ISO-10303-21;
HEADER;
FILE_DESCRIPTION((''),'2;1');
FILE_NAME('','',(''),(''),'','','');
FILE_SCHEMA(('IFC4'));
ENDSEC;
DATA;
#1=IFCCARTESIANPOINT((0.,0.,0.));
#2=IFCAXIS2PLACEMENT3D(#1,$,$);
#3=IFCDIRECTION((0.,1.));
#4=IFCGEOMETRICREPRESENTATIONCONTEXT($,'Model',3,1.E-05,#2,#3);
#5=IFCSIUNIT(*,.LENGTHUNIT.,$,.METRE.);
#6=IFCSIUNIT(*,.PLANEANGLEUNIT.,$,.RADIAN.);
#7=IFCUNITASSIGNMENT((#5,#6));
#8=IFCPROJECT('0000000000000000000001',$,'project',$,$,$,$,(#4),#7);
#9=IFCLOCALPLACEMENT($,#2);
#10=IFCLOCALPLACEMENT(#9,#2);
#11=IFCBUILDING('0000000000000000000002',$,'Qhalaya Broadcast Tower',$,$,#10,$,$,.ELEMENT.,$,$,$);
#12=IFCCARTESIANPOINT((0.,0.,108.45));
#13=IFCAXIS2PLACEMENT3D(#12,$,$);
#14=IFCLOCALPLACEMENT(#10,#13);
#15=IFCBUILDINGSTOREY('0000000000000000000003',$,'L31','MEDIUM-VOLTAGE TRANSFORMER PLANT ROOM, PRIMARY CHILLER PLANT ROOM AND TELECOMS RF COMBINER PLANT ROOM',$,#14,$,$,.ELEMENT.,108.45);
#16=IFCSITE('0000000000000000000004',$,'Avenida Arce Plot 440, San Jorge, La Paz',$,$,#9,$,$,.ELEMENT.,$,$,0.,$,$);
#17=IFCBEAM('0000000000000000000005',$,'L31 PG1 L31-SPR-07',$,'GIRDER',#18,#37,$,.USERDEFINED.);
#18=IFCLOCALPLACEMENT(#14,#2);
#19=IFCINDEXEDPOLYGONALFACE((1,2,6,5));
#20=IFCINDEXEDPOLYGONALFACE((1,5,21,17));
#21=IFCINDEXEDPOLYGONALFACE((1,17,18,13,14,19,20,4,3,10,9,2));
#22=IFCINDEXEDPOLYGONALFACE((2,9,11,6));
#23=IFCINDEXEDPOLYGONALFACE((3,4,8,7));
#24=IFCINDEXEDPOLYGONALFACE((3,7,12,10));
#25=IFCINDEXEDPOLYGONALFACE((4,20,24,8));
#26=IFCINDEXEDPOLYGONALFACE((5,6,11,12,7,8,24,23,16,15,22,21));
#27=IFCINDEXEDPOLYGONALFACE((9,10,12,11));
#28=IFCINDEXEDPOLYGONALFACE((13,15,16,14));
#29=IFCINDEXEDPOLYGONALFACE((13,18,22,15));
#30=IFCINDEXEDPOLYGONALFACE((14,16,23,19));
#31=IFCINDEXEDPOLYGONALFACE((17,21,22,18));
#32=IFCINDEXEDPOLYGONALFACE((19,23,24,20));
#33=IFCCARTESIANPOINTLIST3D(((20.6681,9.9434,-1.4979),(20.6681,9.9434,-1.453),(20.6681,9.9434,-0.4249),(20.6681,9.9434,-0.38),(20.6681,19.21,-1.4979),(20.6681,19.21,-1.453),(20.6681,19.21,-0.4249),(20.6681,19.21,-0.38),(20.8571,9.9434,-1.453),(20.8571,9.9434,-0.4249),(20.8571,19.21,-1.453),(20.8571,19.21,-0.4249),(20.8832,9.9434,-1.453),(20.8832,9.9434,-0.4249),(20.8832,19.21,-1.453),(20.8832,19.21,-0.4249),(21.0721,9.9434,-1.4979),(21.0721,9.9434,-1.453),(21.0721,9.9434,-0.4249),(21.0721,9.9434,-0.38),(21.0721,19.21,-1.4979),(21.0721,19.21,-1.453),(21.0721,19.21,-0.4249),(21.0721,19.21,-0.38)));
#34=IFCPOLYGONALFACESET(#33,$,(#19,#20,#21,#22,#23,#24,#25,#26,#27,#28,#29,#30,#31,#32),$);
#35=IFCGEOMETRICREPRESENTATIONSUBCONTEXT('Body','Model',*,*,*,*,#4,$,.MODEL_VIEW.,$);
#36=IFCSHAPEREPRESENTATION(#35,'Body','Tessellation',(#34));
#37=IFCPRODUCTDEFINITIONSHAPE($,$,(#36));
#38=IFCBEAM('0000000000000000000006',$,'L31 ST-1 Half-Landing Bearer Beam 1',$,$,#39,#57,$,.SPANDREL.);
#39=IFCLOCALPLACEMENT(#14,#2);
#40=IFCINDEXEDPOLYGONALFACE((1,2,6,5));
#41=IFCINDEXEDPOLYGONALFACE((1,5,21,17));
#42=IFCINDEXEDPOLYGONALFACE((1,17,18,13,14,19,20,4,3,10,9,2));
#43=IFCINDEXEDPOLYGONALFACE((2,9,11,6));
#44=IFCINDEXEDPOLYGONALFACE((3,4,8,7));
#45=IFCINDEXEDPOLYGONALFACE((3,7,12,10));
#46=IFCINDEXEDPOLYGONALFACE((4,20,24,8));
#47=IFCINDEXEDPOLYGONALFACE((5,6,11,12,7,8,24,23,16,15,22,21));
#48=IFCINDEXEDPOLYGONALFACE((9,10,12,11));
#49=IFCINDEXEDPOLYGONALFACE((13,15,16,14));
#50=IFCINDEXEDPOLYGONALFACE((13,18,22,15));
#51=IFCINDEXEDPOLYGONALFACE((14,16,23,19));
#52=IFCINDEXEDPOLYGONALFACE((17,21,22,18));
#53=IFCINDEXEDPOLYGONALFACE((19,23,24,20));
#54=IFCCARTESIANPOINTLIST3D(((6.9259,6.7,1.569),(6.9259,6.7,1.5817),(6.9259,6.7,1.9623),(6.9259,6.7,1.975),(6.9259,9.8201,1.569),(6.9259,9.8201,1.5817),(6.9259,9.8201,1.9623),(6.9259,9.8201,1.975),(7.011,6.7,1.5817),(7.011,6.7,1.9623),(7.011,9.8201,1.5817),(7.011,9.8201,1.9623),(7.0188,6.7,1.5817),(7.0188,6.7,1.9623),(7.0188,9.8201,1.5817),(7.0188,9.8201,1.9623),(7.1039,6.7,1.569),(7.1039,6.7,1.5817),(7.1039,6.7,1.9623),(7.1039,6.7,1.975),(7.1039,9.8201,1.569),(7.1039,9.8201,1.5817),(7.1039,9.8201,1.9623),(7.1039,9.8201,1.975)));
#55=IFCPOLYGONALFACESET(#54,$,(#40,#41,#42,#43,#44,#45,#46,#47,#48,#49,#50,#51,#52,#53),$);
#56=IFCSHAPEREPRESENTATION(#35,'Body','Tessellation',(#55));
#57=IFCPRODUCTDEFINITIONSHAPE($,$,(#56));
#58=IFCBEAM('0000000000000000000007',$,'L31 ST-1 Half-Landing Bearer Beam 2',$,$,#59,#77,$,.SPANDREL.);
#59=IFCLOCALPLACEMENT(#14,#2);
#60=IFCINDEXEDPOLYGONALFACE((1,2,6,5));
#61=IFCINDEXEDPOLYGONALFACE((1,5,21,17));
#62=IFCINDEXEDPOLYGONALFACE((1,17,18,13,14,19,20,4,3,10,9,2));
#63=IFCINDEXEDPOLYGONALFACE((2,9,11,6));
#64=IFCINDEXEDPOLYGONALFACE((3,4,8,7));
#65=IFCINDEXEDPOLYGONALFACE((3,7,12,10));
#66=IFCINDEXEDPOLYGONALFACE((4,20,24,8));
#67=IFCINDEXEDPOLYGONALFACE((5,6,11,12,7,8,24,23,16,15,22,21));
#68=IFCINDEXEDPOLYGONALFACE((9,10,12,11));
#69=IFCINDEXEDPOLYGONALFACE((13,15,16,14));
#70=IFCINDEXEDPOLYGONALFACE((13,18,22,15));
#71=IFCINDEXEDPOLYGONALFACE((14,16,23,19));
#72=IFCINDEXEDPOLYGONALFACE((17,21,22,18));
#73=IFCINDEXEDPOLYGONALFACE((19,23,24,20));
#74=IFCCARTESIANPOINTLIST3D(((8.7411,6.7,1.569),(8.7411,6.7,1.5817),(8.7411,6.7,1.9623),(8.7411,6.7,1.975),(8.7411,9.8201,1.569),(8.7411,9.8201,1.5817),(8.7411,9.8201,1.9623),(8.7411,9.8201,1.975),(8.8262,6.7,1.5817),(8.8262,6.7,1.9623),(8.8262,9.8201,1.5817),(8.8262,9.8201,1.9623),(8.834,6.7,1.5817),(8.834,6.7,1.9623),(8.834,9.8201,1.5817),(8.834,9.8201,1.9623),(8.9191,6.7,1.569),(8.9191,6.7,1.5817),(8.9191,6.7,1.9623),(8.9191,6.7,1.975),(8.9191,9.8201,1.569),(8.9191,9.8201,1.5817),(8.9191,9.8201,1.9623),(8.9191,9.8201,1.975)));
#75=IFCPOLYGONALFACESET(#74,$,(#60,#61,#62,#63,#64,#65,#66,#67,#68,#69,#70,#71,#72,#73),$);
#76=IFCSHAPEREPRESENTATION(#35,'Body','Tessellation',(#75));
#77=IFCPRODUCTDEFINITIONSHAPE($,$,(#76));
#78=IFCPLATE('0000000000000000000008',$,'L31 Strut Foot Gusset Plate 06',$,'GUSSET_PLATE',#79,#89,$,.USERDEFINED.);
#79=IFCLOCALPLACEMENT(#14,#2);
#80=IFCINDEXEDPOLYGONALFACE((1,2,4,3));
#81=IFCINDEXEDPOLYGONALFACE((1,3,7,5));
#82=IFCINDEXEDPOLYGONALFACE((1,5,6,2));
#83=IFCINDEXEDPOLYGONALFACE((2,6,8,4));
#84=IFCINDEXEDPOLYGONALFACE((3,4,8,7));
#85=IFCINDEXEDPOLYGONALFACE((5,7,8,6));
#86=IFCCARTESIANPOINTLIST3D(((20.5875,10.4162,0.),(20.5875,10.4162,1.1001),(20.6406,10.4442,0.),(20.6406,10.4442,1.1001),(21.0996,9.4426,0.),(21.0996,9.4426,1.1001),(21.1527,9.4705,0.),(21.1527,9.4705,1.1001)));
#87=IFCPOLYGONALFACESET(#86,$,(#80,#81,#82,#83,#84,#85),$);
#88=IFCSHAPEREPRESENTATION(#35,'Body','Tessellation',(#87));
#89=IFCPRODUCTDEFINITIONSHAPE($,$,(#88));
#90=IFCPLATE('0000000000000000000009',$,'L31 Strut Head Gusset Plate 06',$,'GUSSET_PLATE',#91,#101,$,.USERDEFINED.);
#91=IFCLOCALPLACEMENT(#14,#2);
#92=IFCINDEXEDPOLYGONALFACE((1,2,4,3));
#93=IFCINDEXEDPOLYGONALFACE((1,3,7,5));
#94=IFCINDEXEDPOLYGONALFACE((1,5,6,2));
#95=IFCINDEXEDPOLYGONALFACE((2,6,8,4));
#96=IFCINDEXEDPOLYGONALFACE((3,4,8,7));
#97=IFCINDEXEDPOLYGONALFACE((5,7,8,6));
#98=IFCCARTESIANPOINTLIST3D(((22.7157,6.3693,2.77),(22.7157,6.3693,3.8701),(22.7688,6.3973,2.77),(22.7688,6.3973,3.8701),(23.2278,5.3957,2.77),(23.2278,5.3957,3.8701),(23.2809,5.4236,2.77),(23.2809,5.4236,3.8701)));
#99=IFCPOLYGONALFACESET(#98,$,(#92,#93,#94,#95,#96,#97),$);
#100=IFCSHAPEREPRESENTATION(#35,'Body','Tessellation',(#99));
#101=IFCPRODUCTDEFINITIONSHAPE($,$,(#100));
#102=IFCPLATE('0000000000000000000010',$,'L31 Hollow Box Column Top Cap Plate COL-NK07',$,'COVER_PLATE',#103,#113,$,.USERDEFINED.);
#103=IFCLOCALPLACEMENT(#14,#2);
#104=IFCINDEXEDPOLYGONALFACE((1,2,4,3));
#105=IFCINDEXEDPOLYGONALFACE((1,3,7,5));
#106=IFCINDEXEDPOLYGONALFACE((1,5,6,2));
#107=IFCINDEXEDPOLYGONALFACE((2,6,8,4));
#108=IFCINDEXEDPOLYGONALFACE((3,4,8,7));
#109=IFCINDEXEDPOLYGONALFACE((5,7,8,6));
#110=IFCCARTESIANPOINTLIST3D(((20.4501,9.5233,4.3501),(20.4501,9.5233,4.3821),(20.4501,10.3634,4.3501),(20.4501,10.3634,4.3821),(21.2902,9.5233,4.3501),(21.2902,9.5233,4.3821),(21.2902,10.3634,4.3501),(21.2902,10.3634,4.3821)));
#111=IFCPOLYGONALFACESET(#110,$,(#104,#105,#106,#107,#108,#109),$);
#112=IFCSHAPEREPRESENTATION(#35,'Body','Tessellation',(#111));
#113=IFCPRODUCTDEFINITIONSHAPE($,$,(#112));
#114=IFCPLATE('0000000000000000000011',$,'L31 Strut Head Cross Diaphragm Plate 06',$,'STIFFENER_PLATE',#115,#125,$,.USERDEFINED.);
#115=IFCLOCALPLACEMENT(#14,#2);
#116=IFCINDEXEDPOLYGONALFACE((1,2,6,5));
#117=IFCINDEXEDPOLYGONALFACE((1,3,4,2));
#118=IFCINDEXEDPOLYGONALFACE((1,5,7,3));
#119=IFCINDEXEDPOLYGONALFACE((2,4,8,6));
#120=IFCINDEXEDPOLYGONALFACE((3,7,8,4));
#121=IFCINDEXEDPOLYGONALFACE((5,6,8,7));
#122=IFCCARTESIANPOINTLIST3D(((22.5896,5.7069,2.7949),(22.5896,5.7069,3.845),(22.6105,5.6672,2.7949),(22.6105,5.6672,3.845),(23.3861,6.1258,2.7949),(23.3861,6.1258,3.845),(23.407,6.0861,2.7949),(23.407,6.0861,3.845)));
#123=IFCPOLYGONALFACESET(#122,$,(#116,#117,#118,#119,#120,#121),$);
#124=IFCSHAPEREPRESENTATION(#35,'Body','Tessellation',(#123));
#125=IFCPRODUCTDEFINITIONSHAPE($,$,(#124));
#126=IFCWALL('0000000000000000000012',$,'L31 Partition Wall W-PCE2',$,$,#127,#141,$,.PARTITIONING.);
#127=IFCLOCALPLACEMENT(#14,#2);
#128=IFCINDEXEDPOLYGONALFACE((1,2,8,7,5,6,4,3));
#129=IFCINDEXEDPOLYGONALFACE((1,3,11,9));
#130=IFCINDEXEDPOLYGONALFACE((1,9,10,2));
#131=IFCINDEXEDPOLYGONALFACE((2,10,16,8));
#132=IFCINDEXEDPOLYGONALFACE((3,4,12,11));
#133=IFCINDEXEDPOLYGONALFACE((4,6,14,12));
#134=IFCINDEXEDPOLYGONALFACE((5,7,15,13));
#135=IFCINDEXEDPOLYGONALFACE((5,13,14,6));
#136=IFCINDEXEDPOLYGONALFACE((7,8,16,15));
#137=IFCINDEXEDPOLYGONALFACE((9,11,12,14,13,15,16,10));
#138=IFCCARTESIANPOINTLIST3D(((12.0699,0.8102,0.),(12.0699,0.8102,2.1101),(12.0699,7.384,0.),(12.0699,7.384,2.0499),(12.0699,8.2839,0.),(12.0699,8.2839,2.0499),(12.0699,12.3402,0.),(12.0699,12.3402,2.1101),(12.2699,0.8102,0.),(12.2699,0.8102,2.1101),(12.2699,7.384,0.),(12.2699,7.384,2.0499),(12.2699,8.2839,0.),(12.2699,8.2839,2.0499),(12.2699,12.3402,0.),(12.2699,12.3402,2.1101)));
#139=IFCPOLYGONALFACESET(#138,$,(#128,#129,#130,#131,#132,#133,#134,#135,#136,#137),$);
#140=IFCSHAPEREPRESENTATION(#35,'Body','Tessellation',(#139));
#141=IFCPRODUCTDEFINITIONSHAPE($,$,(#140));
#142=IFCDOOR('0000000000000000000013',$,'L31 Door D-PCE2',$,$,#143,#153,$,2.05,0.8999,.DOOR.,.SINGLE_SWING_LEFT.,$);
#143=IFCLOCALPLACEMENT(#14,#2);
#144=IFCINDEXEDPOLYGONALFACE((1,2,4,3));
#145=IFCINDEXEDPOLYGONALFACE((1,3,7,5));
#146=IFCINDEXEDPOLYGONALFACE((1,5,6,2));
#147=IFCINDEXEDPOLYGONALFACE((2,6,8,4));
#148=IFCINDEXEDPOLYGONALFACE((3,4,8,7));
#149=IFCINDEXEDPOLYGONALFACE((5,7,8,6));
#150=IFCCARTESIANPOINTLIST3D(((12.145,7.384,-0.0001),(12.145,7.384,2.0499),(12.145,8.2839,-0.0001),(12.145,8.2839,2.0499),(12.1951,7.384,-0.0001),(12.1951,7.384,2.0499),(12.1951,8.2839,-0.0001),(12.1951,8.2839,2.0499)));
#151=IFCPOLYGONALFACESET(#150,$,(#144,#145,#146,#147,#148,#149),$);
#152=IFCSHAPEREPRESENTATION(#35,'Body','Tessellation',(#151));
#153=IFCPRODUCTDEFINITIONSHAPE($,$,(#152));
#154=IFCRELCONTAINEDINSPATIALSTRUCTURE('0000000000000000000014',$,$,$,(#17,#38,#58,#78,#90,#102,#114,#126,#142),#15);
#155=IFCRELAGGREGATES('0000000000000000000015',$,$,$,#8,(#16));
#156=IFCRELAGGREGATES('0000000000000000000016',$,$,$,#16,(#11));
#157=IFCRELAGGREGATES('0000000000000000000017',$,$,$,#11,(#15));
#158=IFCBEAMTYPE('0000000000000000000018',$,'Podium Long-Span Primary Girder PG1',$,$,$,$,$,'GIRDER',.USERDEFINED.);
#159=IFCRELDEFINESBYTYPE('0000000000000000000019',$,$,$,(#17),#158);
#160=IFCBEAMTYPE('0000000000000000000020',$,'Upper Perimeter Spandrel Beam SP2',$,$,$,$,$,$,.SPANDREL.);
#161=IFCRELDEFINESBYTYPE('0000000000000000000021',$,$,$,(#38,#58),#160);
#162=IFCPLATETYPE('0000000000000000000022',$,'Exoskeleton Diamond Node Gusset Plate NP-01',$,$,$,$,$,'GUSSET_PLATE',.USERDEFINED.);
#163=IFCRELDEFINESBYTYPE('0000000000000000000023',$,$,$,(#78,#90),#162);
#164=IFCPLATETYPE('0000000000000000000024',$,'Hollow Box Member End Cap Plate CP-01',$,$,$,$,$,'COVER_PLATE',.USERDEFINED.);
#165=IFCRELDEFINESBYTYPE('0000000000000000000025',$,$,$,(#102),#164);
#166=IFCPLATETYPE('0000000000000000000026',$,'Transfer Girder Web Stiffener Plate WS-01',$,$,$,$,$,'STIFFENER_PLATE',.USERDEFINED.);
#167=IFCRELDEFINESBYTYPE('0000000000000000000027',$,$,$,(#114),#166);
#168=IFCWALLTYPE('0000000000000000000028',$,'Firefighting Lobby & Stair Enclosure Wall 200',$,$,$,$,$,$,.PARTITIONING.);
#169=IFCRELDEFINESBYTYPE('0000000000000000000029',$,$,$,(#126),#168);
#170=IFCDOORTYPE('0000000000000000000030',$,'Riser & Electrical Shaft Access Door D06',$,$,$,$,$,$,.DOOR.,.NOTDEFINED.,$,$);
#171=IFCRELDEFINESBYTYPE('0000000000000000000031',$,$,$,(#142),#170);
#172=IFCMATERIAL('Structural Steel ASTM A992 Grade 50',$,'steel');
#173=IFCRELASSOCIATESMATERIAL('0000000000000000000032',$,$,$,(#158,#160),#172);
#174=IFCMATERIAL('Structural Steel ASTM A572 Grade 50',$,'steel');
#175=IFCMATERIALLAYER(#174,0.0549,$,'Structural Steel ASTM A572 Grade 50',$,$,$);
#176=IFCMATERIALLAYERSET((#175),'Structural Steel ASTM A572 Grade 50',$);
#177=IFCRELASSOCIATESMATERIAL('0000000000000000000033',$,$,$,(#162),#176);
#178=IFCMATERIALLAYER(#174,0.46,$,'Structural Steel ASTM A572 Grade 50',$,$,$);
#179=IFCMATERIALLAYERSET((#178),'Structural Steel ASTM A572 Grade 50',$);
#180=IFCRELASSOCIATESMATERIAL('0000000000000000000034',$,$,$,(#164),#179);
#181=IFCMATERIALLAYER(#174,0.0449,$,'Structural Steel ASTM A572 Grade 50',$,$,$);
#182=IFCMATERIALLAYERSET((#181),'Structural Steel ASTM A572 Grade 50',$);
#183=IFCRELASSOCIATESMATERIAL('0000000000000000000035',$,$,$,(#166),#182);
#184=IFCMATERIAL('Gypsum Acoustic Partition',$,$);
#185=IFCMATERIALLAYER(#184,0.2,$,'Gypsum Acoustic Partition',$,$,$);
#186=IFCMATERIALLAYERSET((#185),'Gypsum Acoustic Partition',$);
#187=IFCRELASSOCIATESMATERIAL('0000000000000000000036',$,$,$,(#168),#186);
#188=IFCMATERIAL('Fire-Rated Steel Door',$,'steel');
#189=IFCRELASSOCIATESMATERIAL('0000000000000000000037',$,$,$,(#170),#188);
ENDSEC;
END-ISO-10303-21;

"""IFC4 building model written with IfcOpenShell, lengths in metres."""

from ifc_helpers import new_model, si_unit, direction, frame, frame_2d, origin, origin_2d, place, context, subcontext, project, spatial, rectangle, i_section, extrude, material, layer, layer_set, material_profile, profile_set, type_object, element, fill, save


model = new_model("IFC4")

# Units and contexts
model_context = context("Model", 3, precision=1e-05, world=origin(), true_north=direction((0.0, 1.0)))
body_context = subcontext(model_context, "Body", "Model", "MODEL_VIEW")
ifc_project = project(units=[si_unit("LENGTHUNIT", "METRE"), si_unit("PLANEANGLEUNIT", "RADIAN")], contexts=[model_context])

# Site, building, storey
site_placement = place(None, origin())
site = spatial("IfcSite", under=ifc_project, at=site_placement, Name="Avenida Arce Plot 440, San Jorge, La Paz", CompositionType="ELEMENT", RefElevation=0.0)
building_placement = place(site_placement, origin())
building = spatial("IfcBuilding", under=site, at=building_placement, Name="Qhalaya Broadcast Tower", CompositionType="ELEMENT")
storey_placement = place(building_placement, frame((0.0, 0.0, 108.45)))
storey = spatial("IfcBuildingStorey", under=building, at=storey_placement, Name="L31", Description="MEDIUM-VOLTAGE TRANSFORMER PLANT ROOM, PRIMARY CHILLER PLANT ROOM AND TELECOMS RF COMBINER PLANT ROOM", CompositionType="ELEMENT", Elevation=108.45)

# Shared definitions
ifc_material_1 = material(Name="Structural Steel ASTM A572 Grade 50", Category="steel")

# Beams
ifc_material_2 = material(Name="Structural Steel ASTM A992 Grade 50", Category="steel")
ifc_material_profile_1 = material_profile(ifc_material_2, i_section(OverallWidth=0.4041, OverallDepth=1.1179, WebThickness=0.0261, FlangeThickness=0.0449, at=origin_2d()), Name="W44X335")
ifc_profile_set_1 = profile_set([ifc_material_profile_1], Name="Structural Steel ASTM A992 Grade 50")
beam_type_1 = type_object("IfcBeamType", Name="Podium Long-Span Primary Girder PG1", ElementType="GIRDER", PredefinedType="USERDEFINED", material=ifc_profile_set_1)
beam_1_placement = place(storey_placement, frame((20.8701, 9.9434, -0.939), z_axis=(0.0, 1.0, 0.0), x_axis=(-1.0, 0.0, 0.0)))
element("IfcBeam", 1, at=beam_1_placement, inside=storey, type_object=beam_type_1, Name="L31 PG1 L31-SPR-07", ObjectType="GIRDER", PredefinedType="USERDEFINED", context=body_context, shape_type="SweptSolid", body=[
    extrude(i_section(OverallWidth=0.4041, OverallDepth=1.1179, WebThickness=0.0261, FlangeThickness=0.0449, at=origin_2d()), origin(), (0.0, 0.0, 1.0), 9.2666),
])
ifc_material_profile_2 = material_profile(ifc_material_2, i_section(OverallWidth=0.178, OverallDepth=0.406, WebThickness=0.0078, FlangeThickness=0.0127, at=origin_2d()), Name="W16X40")
ifc_profile_set_2 = profile_set([ifc_material_profile_2], Name="Structural Steel ASTM A992 Grade 50")
beam_type_2 = type_object("IfcBeamType", Name="Upper Perimeter Spandrel Beam SP2", PredefinedType="SPANDREL", material=ifc_profile_set_2)
for number, where, z_axis, x_axis, name in (
    (2, (7.0149, 6.7, 1.772), (0.0, 1.0, 0.0), (-1.0, 0.0, 0.0), "L31 ST-1 Half-Landing Bearer Beam 1"),
    (3, (8.8301, 6.7, 1.772), (0.0, 1.0, 0.0), (-1.0, 0.0, 0.0), "L31 ST-1 Half-Landing Bearer Beam 2"),
):
    element("IfcBeam", number, at=place(storey_placement, frame(where, z_axis=z_axis, x_axis=x_axis)), inside=storey, type_object=beam_type_2, Name=name, PredefinedType="SPANDREL", context=body_context, shape_type="SweptSolid", body=[
        extrude(i_section(OverallWidth=0.178, OverallDepth=0.406, WebThickness=0.0078, FlangeThickness=0.0127, at=origin_2d()), origin(), (0.0, 0.0, 1.0), 3.1201),
    ])

# Plates
ifc_layer_1 = layer(ifc_material_1, 0.0549, Name="Structural Steel ASTM A572 Grade 50")
ifc_layer_set_1 = layer_set([ifc_layer_1], Name="Structural Steel ASTM A572 Grade 50")
plate_type_1 = type_object("IfcPlateType", Name="Exoskeleton Diamond Node Gusset Plate NP-01", ElementType="GUSSET_PLATE", PredefinedType="USERDEFINED", material=ifc_layer_set_1)
for number, where, z_axis, x_axis, name in (
    (4, (20.8701, 9.9434, 0.0), (0.0, 0.0, 1.0), (0.465506, -0.885045, 0.0), "L31 Strut Foot Gusset Plate 06"),
    (5, (22.9983, 5.8965, 2.77), (0.0, 0.0, 1.0), (0.465506, -0.885045, 0.0), "L31 Strut Head Gusset Plate 06"),
):
    element("IfcPlate", number, at=place(storey_placement, frame(where, z_axis=z_axis, x_axis=x_axis)), inside=storey, type_object=plate_type_1, Name=name, ObjectType="GUSSET_PLATE", PredefinedType="USERDEFINED", context=body_context, shape_type="SweptSolid", body=[
        extrude(rectangle(XDim=1.1001, YDim=0.0601, at=origin_2d()), origin(), (0.0, 0.0, 1.0), 1.1001),
    ])
ifc_layer_2 = layer(ifc_material_1, 0.46, Name="Structural Steel ASTM A572 Grade 50")
ifc_layer_set_2 = layer_set([ifc_layer_2], Name="Structural Steel ASTM A572 Grade 50")
plate_type_2 = type_object("IfcPlateType", Name="Hollow Box Member End Cap Plate CP-01", ElementType="COVER_PLATE", PredefinedType="USERDEFINED", material=ifc_layer_set_2)
plate_1_placement = place(storey_placement, frame((20.8701, 9.9434, 4.3501), z_axis=(0.0, 0.0, 1.0), x_axis=(0.0, 1.0, 0.0)))
element("IfcPlate", 6, at=plate_1_placement, inside=storey, type_object=plate_type_2, Name="L31 Hollow Box Column Top Cap Plate COL-NK07", ObjectType="COVER_PLATE", PredefinedType="USERDEFINED", context=body_context, shape_type="SweptSolid", body=[
    extrude(rectangle(XDim=0.8401, YDim=0.8401, at=origin_2d()), origin(), (0.0, 0.0, 1.0), 0.032),
])
ifc_layer_3 = layer(ifc_material_1, 0.0449, Name="Structural Steel ASTM A572 Grade 50")
ifc_layer_set_3 = layer_set([ifc_layer_3], Name="Structural Steel ASTM A572 Grade 50")
plate_type_3 = type_object("IfcPlateType", Name="Transfer Girder Web Stiffener Plate WS-01", ElementType="STIFFENER_PLATE", PredefinedType="USERDEFINED", material=ifc_layer_set_3)
plate_2_placement = place(storey_placement, frame((22.9983, 5.8965, 2.7949), z_axis=(0.0, 0.0, 1.0), x_axis=(0.885045, 0.465506, 0.0)))
element("IfcPlate", 7, at=plate_2_placement, inside=storey, type_object=plate_type_3, Name="L31 Strut Head Cross Diaphragm Plate 06", ObjectType="STIFFENER_PLATE", PredefinedType="USERDEFINED", context=body_context, shape_type="SweptSolid", body=[
    extrude(rectangle(XDim=0.8999, YDim=0.0449, at=origin_2d()), origin(), (0.0, 0.0, 1.0), 1.05),
])

# Wall, opening, door
ifc_material_3 = material(Name="Gypsum Acoustic Partition")
ifc_layer_4 = layer(ifc_material_3, 0.2, Name="Gypsum Acoustic Partition")
ifc_layer_set_4 = layer_set([ifc_layer_4], Name="Gypsum Acoustic Partition")
wall_type_1 = type_object("IfcWallType", Name="Firefighting Lobby & Stair Enclosure Wall 200", PredefinedType="PARTITIONING", material=ifc_layer_set_4)
wall_1_placement = place(storey_placement, frame((12.1699, 0.8101, 0.0), z_axis=(0.0, 0.0, 1.0), x_axis=(0.0, 1.0, 0.0)))
wall_1 = element("IfcWall", 8, at=wall_1_placement, inside=storey, type_object=wall_type_1, Name="L31 Partition Wall W-PCE2", PredefinedType="PARTITIONING", context=body_context, shape_type="SweptSolid", body=[
    extrude(rectangle(XDim=11.53, YDim=0.2, at=frame_2d((5.7651, 0.0))), origin(), (0.0, 0.0, 1.0), 2.1101),
])
opening_1_placement = place(wall_1_placement, frame((6.574, 0.0, 0.0)))
opening_1 = element("IfcOpeningElement", 9, at=opening_1_placement, cuts=wall_1, PredefinedType="OPENING", context=body_context, shape_type="SweptSolid", body=[
    extrude(rectangle(XDim=0.8999, YDim=2.05, at=frame_2d((0.45, 1.0249))), frame((0.0, 0.1121, 0.0), z_axis=(0.0, -1.0, 0.0), x_axis=(1.0, 0.0, 0.0)), (0.0, 0.0, 1.0), 0.2239),
])
ifc_material_4 = material(Name="Fire-Rated Steel Door", Category="steel")
door_type_1 = type_object("IfcDoorType", Name="Riser & Electrical Shaft Access Door D06", OperationType="NOTDEFINED", PredefinedType="DOOR", material=ifc_material_4)
door_1_placement = place(opening_1_placement, origin())
door_1 = element("IfcDoor", 10, at=door_1_placement, inside=storey, type_object=door_type_1, Name="L31 Door D-PCE2", OperationType="SINGLE_SWING_LEFT", OverallHeight=2.05, OverallWidth=0.8999, PredefinedType="DOOR", context=body_context, shape_type="SweptSolid", body=[
    extrude(rectangle(XDim=0.8999, YDim=2.05, at=frame_2d((0.45, 1.0249))), frame((0.0, 0.0249, 0.0), z_axis=(0.0, -1.0, 0.0), x_axis=(1.0, 0.0, 0.0)), (0.0, 0.0, 1.0), 0.05),
])
fill(opening_1, door_1)

save(model, "model.ifc")
